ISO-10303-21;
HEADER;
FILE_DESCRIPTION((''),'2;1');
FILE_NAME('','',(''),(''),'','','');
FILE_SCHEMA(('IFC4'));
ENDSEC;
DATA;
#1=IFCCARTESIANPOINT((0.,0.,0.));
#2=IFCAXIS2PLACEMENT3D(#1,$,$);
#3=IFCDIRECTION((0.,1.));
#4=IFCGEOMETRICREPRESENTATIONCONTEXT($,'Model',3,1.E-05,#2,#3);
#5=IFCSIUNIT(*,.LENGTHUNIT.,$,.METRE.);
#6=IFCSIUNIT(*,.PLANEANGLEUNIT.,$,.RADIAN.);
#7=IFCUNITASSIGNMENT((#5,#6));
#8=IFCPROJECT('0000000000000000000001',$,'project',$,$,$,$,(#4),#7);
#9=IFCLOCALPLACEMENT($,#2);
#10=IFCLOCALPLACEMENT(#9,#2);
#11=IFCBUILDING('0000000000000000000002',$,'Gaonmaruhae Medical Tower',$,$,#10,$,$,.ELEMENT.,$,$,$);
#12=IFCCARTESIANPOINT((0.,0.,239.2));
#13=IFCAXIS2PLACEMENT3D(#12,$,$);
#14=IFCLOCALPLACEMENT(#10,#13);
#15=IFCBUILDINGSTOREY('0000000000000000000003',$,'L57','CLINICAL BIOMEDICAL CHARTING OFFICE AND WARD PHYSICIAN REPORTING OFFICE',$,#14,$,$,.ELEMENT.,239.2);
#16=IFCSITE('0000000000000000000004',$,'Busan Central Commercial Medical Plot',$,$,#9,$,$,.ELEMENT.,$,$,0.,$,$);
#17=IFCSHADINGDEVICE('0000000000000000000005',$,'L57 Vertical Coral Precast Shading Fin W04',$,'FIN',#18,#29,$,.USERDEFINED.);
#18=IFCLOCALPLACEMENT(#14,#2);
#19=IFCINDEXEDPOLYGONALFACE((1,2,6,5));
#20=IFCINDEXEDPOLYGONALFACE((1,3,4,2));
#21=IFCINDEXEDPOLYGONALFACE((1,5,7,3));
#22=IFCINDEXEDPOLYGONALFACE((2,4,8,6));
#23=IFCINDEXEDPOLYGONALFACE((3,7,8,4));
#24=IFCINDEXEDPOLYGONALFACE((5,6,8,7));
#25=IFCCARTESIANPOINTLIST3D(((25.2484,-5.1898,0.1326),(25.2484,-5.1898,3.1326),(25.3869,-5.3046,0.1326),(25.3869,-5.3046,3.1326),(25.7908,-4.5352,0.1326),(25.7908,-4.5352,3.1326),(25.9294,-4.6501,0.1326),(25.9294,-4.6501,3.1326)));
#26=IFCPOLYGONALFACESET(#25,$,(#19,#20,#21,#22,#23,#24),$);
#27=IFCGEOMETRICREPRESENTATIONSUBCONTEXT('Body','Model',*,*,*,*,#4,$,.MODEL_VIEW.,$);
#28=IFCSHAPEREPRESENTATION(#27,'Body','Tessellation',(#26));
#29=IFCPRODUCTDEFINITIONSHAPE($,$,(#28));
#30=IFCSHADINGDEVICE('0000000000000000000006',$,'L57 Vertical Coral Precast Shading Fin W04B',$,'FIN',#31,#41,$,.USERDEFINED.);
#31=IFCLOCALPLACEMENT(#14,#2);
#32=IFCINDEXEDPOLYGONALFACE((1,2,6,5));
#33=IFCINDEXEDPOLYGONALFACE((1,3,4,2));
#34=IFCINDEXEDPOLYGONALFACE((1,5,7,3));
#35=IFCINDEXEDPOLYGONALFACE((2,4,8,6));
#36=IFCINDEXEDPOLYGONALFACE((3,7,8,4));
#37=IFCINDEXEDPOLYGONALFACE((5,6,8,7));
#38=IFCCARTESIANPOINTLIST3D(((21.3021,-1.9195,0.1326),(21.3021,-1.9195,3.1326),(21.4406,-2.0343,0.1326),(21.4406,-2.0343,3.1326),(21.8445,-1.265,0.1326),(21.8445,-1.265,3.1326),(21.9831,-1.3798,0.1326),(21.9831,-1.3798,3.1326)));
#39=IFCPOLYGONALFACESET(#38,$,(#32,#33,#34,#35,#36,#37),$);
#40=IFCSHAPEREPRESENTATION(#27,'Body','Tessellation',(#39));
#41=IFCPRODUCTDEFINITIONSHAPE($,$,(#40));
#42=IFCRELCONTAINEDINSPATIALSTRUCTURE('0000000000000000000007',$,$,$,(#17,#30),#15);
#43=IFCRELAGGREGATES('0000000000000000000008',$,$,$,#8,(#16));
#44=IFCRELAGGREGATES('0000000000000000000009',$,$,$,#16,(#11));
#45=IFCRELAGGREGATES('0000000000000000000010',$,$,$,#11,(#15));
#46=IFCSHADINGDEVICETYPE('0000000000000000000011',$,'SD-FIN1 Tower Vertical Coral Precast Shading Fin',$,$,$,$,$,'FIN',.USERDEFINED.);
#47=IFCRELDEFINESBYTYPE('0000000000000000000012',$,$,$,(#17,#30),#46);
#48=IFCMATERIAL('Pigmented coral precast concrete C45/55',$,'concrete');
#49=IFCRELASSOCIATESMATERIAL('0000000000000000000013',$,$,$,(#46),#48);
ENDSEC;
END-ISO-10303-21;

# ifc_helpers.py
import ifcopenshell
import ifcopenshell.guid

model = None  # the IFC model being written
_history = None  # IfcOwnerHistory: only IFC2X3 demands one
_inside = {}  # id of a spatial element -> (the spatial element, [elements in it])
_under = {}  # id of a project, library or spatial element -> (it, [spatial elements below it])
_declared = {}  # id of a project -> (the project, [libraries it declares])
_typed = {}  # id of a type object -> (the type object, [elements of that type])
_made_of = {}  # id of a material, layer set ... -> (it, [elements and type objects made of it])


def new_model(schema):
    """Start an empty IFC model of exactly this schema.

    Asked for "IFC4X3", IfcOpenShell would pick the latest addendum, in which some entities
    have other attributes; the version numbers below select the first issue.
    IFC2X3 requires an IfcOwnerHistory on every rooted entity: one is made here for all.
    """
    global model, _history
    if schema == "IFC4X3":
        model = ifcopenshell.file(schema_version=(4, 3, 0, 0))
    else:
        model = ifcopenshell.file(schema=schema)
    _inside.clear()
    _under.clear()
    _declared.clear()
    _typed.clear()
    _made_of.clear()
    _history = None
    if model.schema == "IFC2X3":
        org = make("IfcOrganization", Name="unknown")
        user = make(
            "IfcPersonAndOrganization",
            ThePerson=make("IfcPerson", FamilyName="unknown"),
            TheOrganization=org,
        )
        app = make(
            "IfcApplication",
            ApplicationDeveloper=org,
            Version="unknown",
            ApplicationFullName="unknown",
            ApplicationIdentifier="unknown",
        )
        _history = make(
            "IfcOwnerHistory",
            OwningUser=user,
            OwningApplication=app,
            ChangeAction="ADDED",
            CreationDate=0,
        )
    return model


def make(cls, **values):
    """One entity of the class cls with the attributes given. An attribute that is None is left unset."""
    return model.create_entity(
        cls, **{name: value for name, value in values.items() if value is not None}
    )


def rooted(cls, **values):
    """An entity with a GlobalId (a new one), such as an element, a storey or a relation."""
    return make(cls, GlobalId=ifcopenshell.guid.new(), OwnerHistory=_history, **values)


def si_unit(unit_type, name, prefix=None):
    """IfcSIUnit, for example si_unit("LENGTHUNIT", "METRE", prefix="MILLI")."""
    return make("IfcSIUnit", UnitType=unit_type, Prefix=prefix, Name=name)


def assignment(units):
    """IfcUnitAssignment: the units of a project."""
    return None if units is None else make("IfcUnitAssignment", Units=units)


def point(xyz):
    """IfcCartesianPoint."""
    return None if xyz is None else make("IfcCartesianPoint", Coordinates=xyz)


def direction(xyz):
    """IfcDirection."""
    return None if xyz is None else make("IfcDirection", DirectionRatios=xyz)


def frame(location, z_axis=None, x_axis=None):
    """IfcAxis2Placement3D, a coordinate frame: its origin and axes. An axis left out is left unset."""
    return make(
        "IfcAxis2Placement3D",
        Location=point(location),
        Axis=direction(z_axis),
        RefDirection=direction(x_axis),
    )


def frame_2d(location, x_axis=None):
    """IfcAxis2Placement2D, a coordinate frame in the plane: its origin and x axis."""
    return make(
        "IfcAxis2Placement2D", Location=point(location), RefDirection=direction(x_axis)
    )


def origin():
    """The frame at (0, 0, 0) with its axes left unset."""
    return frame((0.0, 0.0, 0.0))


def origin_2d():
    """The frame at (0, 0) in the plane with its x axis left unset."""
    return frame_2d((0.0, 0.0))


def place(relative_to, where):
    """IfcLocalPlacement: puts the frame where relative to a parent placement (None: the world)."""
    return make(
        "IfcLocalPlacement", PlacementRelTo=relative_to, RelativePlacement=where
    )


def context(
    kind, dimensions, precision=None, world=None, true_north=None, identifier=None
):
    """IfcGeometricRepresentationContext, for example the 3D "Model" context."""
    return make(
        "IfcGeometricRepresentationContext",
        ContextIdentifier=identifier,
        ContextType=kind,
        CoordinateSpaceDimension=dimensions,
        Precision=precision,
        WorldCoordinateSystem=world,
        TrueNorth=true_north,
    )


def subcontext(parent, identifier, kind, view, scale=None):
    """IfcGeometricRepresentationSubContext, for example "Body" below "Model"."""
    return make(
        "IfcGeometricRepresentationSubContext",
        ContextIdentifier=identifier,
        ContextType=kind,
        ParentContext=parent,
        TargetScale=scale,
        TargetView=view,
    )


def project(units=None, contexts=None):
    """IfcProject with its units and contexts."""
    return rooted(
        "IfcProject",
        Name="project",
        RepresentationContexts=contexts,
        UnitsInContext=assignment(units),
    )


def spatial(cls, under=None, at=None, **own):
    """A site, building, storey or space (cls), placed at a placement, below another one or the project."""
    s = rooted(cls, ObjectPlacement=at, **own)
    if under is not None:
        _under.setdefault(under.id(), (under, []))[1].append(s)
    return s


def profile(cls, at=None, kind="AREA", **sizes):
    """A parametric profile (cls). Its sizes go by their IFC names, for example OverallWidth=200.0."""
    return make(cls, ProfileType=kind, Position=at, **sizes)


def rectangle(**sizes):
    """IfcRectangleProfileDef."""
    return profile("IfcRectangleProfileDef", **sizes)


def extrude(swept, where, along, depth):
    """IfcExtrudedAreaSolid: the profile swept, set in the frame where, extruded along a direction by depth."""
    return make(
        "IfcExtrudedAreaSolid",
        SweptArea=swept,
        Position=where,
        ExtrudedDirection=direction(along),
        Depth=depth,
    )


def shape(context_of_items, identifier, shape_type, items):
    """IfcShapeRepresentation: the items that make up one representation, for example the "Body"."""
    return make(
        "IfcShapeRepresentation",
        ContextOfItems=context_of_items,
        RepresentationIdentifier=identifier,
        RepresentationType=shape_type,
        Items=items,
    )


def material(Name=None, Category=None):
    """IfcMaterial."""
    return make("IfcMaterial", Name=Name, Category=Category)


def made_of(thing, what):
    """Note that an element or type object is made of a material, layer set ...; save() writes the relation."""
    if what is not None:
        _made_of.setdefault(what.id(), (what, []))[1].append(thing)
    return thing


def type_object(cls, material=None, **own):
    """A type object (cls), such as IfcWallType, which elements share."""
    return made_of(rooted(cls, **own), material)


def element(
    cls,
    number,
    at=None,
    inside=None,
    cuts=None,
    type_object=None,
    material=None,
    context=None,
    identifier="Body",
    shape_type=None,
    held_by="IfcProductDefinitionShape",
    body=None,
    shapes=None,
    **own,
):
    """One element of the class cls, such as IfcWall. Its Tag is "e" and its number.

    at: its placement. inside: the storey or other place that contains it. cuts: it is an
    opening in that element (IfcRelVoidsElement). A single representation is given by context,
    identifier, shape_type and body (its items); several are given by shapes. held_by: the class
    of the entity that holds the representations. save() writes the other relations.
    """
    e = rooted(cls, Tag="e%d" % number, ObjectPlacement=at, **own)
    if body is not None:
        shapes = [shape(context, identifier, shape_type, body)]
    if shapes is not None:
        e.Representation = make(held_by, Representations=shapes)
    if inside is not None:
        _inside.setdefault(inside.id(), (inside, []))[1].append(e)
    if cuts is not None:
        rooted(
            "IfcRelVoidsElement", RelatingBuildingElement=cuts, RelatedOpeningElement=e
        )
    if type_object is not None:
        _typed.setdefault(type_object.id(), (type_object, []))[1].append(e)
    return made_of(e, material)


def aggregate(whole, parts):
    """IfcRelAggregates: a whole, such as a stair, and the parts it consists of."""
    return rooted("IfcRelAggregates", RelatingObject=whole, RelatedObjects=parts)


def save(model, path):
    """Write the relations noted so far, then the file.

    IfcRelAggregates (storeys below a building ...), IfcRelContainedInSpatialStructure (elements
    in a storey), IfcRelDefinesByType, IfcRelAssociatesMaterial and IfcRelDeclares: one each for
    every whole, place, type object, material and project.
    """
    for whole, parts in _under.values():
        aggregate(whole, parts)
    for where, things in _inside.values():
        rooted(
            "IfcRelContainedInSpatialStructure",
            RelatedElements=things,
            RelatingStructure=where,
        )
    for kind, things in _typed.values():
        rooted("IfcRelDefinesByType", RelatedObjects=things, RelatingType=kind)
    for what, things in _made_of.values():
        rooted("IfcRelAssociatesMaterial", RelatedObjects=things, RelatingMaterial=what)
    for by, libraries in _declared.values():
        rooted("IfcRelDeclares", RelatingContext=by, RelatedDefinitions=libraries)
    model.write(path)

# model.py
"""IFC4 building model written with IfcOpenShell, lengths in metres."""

from ifc_helpers import new_model, si_unit, direction, frame, origin, origin_2d, place, context, subcontext, project, spatial, rectangle, extrude, material, type_object, element, save


model = new_model("IFC4")

# Units and contexts
model_context = context("Model", 3, precision=1e-05, world=origin(), true_north=direction((0.0, 1.0)))
body_context = subcontext(model_context, "Body", "Model", "MODEL_VIEW")
ifc_project = project(units=[si_unit("LENGTHUNIT", "METRE"), si_unit("PLANEANGLEUNIT", "RADIAN")], contexts=[model_context])

# Site, building, storey
site_placement = place(None, origin())
site = spatial("IfcSite", under=ifc_project, at=site_placement, Name="Busan Central Commercial Medical Plot", CompositionType="ELEMENT", RefElevation=0.0)
building_placement = place(site_placement, origin())
building = spatial("IfcBuilding", under=site, at=building_placement, Name="Gaonmaruhae Medical Tower", CompositionType="ELEMENT")
storey_placement = place(building_placement, frame((0.0, 0.0, 239.2)))
storey = spatial("IfcBuildingStorey", under=building, at=storey_placement, Name="L57", Description="CLINICAL BIOMEDICAL CHARTING OFFICE AND WARD PHYSICIAN REPORTING OFFICE", CompositionType="ELEMENT", Elevation=239.2)

# Shading devices
ifc_material_1 = material(Name="Pigmented coral precast concrete C45/55", Category="concrete")
shading_device_type = type_object("IfcShadingDeviceType", Name="SD-FIN1 Tower Vertical Coral Precast Shading Fin", ElementType="FIN", PredefinedType="USERDEFINED", material=ifc_material_1)
for number, where, z_axis, x_axis, name in (
    (1, (25.5889, -4.9199, 0.1326), (0.0, 0.0, 1.0), (-0.769968, 0.638083, 0.0), "L57 Vertical Coral Precast Shading Fin W04"),
    (2, (21.6426, -1.6497, 0.1326), (0.0, 0.0, 1.0), (-0.769968, 0.638083, 0.0), "L57 Vertical Coral Precast Shading Fin W04B"),
):
    element("IfcShadingDevice", number, at=place(storey_placement, frame(where, z_axis=z_axis, x_axis=x_axis)), inside=storey, type_object=shading_device_type, Name=name, ObjectType="FIN", PredefinedType="USERDEFINED", context=body_context, shape_type="SweptSolid", body=[
        extrude(rectangle(XDim=0.1799, YDim=0.8501, at=origin_2d()), origin(), (0.0, 0.0, 1.0), 3.0),
    ])

save(model, "model.ifc")
